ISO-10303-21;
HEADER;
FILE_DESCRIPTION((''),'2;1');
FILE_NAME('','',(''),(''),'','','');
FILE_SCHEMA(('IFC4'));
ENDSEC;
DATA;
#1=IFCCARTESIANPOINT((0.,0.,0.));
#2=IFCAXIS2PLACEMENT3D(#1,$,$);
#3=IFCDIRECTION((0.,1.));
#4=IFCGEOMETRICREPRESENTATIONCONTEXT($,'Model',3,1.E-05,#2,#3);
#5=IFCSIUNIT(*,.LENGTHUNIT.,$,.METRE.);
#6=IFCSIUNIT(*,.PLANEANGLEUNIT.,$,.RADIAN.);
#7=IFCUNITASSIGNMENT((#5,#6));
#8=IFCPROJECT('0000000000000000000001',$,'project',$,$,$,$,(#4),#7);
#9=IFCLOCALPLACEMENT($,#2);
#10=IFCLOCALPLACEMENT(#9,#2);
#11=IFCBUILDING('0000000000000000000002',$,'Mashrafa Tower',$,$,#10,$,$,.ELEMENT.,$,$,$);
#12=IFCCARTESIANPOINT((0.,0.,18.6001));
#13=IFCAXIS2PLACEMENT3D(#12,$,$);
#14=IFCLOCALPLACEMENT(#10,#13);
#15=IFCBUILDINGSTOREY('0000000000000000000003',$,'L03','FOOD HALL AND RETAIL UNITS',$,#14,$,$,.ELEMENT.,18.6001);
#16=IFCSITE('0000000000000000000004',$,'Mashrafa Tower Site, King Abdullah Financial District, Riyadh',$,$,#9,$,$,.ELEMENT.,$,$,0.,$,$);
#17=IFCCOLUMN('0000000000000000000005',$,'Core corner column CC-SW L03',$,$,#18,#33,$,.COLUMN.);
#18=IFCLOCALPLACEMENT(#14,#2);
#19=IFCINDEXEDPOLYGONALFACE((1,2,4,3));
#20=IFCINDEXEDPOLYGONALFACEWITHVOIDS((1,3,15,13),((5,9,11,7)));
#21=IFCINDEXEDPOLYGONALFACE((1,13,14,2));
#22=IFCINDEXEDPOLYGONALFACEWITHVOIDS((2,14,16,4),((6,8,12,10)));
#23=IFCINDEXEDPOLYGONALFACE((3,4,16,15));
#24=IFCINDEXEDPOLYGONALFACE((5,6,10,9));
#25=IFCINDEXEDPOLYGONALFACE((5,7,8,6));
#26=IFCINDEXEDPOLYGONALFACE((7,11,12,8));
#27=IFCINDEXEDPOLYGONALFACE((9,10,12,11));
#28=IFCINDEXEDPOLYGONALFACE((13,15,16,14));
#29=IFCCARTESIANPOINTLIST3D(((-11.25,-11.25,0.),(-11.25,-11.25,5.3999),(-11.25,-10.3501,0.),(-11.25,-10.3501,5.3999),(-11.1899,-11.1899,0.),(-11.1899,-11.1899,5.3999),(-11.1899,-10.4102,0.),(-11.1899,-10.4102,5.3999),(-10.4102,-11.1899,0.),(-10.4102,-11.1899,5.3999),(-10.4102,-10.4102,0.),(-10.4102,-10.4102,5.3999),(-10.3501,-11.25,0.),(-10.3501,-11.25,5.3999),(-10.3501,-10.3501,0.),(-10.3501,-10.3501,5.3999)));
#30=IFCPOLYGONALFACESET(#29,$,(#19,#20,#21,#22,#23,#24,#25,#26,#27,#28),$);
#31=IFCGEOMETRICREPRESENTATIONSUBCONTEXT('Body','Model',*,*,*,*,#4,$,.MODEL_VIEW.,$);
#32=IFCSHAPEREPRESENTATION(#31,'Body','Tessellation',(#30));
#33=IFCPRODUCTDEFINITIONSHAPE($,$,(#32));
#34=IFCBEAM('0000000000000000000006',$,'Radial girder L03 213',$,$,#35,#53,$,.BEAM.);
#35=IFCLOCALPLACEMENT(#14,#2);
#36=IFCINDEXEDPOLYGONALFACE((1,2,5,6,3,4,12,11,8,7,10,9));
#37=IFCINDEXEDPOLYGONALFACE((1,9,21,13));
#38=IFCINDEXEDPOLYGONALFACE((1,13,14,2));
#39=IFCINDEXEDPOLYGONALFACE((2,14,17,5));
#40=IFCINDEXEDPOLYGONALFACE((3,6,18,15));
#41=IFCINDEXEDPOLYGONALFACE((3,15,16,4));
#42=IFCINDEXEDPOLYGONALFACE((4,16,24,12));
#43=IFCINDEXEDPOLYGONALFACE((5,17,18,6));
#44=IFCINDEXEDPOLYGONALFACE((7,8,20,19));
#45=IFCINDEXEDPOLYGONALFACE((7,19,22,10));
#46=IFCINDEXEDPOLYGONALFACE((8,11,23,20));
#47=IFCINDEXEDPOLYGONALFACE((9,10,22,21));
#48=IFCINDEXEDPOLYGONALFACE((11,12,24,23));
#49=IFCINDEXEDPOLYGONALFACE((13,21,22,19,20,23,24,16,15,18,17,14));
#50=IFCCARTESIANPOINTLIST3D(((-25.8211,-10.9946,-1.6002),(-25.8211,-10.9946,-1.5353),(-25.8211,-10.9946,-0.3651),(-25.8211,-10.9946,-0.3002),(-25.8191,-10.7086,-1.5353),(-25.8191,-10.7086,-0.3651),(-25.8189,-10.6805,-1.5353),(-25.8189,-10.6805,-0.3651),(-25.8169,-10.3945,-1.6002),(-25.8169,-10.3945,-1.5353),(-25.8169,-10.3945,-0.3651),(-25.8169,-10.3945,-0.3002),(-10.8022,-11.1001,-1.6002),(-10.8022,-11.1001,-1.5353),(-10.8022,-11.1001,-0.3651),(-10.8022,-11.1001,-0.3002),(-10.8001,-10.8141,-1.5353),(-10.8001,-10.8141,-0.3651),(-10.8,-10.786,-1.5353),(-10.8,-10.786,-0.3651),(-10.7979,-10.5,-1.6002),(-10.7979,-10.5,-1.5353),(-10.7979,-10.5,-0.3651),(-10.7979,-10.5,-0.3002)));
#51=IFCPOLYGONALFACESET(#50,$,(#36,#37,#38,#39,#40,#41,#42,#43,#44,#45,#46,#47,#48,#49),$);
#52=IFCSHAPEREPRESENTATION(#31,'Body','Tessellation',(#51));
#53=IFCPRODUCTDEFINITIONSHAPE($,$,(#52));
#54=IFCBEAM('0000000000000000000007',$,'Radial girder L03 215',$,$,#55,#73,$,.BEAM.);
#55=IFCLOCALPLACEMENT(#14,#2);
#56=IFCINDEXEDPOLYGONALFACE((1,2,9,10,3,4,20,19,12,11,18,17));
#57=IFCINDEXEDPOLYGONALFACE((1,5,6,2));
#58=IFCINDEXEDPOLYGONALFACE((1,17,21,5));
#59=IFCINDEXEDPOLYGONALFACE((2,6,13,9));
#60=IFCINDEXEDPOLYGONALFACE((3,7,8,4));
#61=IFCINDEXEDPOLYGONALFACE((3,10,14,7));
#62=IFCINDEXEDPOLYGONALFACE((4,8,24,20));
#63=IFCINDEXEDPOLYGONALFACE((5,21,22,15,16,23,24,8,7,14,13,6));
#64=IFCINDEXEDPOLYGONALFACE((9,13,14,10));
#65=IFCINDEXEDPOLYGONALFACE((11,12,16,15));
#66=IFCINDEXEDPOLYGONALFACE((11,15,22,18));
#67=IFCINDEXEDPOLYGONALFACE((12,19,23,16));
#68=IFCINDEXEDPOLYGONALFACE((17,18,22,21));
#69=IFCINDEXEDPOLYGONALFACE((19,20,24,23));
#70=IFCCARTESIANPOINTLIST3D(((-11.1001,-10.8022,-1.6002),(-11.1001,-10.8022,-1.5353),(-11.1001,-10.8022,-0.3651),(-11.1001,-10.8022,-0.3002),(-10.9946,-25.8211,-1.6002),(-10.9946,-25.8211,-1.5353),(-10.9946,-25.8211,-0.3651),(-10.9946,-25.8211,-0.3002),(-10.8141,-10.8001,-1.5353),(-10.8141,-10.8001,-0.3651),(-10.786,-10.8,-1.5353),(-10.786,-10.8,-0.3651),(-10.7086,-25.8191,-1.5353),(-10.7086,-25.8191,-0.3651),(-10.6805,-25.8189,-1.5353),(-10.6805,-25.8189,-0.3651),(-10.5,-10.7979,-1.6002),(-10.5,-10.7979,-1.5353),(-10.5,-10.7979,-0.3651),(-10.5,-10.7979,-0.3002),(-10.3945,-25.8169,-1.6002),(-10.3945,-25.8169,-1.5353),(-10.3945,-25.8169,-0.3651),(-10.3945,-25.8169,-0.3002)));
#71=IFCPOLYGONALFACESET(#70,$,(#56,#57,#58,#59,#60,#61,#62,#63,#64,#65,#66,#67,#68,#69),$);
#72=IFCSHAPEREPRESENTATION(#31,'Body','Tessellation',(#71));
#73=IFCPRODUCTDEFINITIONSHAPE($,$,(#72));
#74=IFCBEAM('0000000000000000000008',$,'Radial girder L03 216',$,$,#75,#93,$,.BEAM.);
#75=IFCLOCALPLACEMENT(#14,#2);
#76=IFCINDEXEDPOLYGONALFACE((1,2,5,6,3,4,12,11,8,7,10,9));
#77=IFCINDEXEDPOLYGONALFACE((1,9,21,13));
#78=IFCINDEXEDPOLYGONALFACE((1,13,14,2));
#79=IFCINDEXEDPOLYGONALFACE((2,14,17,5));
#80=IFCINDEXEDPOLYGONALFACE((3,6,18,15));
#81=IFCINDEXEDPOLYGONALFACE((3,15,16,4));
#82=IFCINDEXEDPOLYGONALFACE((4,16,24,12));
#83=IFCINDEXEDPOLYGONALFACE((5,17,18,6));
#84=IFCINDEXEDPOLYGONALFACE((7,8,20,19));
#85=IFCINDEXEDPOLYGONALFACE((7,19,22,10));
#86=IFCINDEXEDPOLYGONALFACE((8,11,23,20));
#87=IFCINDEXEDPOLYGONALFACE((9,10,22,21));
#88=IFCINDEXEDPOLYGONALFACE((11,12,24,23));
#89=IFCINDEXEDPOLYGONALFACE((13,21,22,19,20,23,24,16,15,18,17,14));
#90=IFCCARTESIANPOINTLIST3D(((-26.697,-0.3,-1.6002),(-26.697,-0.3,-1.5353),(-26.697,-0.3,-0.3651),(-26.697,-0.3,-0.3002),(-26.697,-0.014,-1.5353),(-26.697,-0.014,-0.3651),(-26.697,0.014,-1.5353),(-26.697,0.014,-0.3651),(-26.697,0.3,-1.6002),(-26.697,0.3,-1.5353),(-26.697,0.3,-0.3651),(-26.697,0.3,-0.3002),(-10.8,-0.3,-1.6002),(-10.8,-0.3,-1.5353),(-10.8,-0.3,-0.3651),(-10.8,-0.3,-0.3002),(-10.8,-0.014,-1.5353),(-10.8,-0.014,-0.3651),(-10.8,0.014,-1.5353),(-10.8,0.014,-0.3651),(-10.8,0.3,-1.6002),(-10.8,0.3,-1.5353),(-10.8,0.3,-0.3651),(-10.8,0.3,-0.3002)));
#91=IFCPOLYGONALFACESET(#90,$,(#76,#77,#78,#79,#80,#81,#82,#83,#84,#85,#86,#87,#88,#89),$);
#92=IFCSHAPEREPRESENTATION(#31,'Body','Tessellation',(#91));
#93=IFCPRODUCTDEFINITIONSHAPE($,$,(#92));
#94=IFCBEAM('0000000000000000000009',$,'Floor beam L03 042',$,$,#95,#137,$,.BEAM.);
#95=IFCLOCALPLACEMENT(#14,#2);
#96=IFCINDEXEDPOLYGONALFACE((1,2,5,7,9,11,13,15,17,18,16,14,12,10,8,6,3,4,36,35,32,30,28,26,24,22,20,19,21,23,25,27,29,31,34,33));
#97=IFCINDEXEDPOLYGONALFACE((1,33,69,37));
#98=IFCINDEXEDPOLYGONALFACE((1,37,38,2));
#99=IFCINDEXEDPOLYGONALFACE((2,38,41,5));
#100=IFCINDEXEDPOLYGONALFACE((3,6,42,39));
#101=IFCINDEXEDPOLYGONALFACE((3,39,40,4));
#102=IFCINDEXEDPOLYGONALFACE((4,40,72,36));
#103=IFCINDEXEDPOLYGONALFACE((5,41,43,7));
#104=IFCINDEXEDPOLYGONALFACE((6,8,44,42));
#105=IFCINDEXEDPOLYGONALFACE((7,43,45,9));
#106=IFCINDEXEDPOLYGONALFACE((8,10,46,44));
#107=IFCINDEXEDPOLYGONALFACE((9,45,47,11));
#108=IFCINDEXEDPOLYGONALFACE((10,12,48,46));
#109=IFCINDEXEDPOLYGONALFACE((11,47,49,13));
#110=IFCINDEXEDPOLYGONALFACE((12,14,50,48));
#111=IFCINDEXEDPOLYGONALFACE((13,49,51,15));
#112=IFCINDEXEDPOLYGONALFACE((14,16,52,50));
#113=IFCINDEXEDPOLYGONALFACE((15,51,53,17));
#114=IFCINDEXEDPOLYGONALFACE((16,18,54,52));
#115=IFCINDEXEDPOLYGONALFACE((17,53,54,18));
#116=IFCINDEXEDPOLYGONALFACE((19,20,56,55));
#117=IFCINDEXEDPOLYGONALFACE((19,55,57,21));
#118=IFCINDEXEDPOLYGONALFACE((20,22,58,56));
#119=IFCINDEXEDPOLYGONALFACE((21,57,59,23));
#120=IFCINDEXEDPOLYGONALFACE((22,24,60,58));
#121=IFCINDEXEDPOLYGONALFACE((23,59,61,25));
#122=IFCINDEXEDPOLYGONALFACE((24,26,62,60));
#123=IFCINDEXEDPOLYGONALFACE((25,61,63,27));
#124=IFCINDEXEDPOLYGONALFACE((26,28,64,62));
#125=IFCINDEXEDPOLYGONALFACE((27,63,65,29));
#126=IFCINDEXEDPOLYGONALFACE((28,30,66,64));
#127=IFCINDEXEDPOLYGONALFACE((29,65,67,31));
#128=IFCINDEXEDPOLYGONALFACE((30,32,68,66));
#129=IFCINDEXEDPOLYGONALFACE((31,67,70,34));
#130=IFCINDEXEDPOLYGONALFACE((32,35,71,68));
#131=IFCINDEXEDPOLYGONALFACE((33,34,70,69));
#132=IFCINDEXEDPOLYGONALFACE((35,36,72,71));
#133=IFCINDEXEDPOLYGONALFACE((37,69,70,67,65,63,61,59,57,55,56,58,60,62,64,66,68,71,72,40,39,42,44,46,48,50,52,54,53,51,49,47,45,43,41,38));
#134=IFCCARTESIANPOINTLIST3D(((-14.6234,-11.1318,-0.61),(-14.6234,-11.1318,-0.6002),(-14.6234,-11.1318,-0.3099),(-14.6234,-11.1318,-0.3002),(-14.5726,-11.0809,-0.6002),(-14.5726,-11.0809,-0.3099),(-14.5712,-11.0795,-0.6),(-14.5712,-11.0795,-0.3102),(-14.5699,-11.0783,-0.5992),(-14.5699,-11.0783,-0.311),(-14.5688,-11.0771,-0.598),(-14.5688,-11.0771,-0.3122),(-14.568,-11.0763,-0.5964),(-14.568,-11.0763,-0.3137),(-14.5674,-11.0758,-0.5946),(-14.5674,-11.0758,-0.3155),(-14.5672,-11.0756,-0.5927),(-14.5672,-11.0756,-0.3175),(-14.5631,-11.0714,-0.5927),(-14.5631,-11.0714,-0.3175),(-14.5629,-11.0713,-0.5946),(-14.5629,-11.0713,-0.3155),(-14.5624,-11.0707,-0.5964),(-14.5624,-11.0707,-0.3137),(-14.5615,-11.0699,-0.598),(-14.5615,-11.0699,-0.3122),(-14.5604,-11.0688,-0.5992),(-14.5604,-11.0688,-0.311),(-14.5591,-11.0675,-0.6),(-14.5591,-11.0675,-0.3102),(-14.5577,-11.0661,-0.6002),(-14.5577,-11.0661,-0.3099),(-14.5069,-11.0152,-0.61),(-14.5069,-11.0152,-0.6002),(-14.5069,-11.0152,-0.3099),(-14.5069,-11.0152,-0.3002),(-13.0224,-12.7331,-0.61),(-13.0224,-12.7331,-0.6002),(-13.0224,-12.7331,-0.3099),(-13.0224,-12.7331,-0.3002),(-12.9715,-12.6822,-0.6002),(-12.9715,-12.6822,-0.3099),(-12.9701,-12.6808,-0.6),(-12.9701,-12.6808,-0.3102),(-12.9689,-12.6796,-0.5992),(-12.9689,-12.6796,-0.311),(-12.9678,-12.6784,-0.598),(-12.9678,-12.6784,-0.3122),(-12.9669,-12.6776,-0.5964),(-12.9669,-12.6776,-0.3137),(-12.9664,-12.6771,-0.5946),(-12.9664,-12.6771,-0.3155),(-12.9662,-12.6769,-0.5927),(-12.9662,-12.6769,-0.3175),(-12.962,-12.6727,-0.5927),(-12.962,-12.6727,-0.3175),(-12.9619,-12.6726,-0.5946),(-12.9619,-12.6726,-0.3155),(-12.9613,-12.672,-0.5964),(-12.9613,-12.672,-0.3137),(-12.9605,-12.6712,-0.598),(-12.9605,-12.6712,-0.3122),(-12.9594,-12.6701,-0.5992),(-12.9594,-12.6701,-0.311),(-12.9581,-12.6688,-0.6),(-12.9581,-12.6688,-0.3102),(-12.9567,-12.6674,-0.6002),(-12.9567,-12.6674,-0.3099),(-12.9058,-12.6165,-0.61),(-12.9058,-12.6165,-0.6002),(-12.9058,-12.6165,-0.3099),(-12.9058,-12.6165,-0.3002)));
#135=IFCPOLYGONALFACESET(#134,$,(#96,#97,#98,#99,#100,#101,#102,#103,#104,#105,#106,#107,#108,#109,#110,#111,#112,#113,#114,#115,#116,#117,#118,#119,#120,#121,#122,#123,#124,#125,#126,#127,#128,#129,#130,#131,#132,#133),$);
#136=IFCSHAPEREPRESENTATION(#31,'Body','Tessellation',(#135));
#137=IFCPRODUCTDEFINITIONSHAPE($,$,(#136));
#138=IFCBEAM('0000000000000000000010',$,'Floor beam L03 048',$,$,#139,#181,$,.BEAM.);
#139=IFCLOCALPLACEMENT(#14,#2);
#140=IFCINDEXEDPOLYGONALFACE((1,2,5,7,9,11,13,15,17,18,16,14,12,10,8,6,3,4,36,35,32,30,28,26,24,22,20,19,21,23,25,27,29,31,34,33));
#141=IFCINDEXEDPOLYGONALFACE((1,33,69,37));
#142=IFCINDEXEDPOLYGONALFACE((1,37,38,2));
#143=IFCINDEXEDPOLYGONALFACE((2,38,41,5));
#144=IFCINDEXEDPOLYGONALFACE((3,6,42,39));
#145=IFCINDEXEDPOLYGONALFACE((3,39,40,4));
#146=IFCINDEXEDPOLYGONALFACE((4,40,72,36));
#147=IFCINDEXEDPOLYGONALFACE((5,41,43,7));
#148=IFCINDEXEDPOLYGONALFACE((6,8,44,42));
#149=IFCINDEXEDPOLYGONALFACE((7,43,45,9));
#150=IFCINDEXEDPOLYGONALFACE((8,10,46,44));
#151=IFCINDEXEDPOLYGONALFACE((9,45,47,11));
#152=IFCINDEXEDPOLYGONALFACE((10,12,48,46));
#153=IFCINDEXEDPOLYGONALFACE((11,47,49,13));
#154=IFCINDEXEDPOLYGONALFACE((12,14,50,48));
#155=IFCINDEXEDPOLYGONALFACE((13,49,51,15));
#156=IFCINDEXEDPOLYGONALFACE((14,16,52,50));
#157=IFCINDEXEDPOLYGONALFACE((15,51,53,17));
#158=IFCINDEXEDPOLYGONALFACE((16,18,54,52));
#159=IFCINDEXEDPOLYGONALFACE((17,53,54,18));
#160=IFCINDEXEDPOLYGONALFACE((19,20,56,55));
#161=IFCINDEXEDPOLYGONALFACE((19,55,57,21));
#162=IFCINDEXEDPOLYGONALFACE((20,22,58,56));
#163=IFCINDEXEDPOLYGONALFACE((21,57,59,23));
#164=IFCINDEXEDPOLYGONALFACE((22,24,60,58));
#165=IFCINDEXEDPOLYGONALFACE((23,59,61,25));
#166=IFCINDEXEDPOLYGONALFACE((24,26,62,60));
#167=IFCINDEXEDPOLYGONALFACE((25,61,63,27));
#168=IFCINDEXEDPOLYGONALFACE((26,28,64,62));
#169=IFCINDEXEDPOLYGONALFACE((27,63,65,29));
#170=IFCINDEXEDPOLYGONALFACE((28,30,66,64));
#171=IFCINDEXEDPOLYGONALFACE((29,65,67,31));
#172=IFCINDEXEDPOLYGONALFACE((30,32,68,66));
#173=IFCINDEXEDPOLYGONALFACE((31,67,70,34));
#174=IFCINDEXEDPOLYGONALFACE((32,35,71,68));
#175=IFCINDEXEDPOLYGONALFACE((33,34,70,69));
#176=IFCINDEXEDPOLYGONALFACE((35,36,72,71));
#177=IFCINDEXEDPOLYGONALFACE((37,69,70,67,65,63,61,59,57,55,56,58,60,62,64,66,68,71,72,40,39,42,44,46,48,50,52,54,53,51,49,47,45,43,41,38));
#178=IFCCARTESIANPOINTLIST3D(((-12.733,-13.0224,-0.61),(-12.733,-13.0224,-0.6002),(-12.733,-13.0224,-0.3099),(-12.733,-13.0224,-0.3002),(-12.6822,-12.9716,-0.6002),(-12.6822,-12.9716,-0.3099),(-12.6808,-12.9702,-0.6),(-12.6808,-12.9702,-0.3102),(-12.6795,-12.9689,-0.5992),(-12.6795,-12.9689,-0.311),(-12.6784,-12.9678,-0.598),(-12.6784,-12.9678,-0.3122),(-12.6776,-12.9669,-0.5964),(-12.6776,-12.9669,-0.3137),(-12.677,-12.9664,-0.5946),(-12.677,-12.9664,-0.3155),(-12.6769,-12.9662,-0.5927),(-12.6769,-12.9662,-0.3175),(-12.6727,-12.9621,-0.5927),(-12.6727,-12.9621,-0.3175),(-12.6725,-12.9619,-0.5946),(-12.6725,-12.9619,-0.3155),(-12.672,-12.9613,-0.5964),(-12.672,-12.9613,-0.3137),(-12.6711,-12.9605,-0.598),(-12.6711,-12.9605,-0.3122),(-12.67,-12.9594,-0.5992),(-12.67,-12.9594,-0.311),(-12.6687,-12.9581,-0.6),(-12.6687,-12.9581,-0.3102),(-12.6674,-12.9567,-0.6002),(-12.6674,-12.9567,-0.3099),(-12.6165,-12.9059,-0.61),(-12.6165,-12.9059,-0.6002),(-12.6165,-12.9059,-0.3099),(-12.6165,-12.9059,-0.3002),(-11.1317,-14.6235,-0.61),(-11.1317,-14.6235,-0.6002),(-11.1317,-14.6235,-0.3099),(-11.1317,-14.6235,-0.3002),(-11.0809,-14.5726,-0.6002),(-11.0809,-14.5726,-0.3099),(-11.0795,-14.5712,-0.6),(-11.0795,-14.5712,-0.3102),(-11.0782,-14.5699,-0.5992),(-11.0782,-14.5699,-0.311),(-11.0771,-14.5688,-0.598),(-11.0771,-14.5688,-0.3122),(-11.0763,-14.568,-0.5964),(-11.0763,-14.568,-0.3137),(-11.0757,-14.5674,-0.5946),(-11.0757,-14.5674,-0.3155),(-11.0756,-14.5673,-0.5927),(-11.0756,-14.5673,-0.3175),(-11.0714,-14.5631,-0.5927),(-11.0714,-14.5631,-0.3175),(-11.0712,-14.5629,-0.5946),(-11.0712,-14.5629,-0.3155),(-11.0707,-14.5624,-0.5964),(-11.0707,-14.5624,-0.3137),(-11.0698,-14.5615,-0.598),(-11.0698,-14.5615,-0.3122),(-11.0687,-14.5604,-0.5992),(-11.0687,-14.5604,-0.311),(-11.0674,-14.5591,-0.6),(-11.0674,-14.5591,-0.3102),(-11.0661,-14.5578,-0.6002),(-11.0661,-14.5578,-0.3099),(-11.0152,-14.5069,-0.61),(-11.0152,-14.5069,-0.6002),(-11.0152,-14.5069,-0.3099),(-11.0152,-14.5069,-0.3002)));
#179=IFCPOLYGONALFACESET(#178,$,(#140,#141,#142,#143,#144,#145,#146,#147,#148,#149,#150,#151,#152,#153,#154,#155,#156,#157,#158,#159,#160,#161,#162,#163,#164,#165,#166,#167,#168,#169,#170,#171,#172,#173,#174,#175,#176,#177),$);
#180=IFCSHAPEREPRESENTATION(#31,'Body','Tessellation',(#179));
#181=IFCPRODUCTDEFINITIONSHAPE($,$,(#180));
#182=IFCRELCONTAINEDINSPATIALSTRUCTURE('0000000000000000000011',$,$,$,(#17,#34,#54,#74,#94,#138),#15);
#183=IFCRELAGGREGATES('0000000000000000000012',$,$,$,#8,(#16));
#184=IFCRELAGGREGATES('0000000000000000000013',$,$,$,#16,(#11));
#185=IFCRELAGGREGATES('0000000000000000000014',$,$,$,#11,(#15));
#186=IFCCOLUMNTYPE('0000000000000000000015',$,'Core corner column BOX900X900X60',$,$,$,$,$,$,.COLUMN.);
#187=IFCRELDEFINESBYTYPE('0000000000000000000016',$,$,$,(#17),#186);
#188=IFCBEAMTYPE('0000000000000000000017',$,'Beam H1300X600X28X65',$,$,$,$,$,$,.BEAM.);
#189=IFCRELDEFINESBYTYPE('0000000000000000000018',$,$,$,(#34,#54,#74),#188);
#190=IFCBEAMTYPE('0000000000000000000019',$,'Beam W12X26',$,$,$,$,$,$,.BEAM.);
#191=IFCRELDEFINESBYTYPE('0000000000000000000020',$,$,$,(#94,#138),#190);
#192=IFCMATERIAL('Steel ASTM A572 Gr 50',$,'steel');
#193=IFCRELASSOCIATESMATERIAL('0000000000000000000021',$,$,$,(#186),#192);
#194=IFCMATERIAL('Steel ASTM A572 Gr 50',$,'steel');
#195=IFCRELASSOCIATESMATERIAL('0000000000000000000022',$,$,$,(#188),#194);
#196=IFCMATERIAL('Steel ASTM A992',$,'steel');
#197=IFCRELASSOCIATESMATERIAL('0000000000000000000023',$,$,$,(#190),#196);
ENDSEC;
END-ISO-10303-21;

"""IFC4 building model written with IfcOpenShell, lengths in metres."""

from ifc_helpers import new_model, si_unit, direction, frame, origin, origin_2d, place, context, subcontext, project, spatial, hollow_rectangle, i_section, extrude, material, material_profile, profile_set, type_object, element, save


model = new_model("IFC4")

# Units and contexts
model_context = context("Model", 3, precision=1e-05, world=origin(), true_north=direction((0.0, 1.0)))
body_context = subcontext(model_context, "Body", "Model", "MODEL_VIEW")
ifc_project = project(units=[si_unit("LENGTHUNIT", "METRE"), si_unit("PLANEANGLEUNIT", "RADIAN")], contexts=[model_context])

# Site, building, storey
site_placement = place(None, origin())
site = spatial("IfcSite", under=ifc_project, at=site_placement, Name="Mashrafa Tower Site, King Abdullah Financial District, Riyadh", CompositionType="ELEMENT", RefElevation=0.0)
building_placement = place(site_placement, origin())
building = spatial("IfcBuilding", under=site, at=building_placement, Name="Mashrafa Tower", CompositionType="ELEMENT")
storey_placement = place(building_placement, frame((0.0, 0.0, 18.6001)))
storey = spatial("IfcBuildingStorey", under=building, at=storey_placement, Name="L03", Description="FOOD HALL AND RETAIL UNITS", CompositionType="ELEMENT", Elevation=18.6001)

# Column
ifc_material_1 = material(Name="Steel ASTM A572 Gr 50", Category="steel")
ifc_material_profile_1 = material_profile(ifc_material_1, hollow_rectangle(XDim=0.8999, YDim=0.8999, WallThickness=0.0601, at=origin_2d()), Name="BOX900X900X60")
ifc_profile_set_1 = profile_set([ifc_material_profile_1], Name="Steel ASTM A572 Gr 50")
column_type = type_object("IfcColumnType", Name="Core corner column BOX900X900X60", PredefinedType="COLUMN", material=ifc_profile_set_1)
column_placement = place(storey_placement, frame((-10.8, -10.8, 0.0), z_axis=(0.0, 0.0, 1.0), x_axis=(1.0, 0.0, 0.0)))
element("IfcColumn", 1, at=column_placement, inside=storey, type_object=column_type, Name="Core corner column CC-SW L03", PredefinedType="COLUMN", context=body_context, shape_type="SweptSolid", body=[
    extrude(hollow_rectangle(XDim=0.8999, YDim=0.8999, WallThickness=0.0601, at=origin_2d()), origin(), (0.0, 0.0, 1.0), 5.3999),
])

# Beams
ifc_material_2 = material(Name="Steel ASTM A572 Gr 50", Category="steel")
ifc_material_profile_2 = material_profile(ifc_material_2, i_section(OverallWidth=0.6001, OverallDepth=1.3, WebThickness=0.0281, FlangeThickness=0.0649, at=origin_2d()), Name="H1300X600X28X65")
ifc_profile_set_2 = profile_set([ifc_material_profile_2], Name="Steel ASTM A572 Gr 50")
beam_type_1 = type_object("IfcBeamType", Name="Beam H1300X600X28X65", PredefinedType="BEAM", material=ifc_profile_set_2)
for number, where, z_axis, x_axis, name in (
    (2, (-10.8, -10.8, -0.9502), (-0.999975, 0.007022, 0.0), (-0.007022, -0.999975, 0.0), "Radial girder L03 213"),
    (3, (-10.8, -10.8, -0.9502), (0.007022, -0.999975, 0.0), (0.999975, 0.007022, 0.0), "Radial girder L03 215"),
):
    element("IfcBeam", number, at=place(storey_placement, frame(where, z_axis=z_axis, x_axis=x_axis)), inside=storey, type_object=beam_type_1, Name=name, PredefinedType="BEAM", context=body_context, shape_type="SweptSolid", body=[
        extrude(i_section(OverallWidth=0.6001, OverallDepth=1.3, WebThickness=0.0281, FlangeThickness=0.0649, at=origin_2d()), origin(), (0.0, 0.0, 1.0), 15.0193),
    ])
beam_1_placement = place(storey_placement, frame((-10.8, 0.0, -0.9502), z_axis=(-1.0, 0.0, 0.0), x_axis=(0.0, -1.0, 0.0)))
element("IfcBeam", 4, at=beam_1_placement, inside=storey, type_object=beam_type_1, Name="Radial girder L03 216", PredefinedType="BEAM", context=body_context, shape_type="SweptSolid", body=[
    extrude(i_section(OverallWidth=0.6001, OverallDepth=1.3, WebThickness=0.0281, FlangeThickness=0.0649, at=origin_2d()), origin(), (0.0, 0.0, 1.0), 15.897),
])
ifc_material_3 = material(Name="Steel ASTM A992", Category="steel")
ifc_material_profile_3 = material_profile(ifc_material_3, i_section(OverallWidth=0.1648, OverallDepth=0.3098, WebThickness=0.0059, FlangeThickness=0.0098, FilletRadius=0.0076, at=origin_2d()), Name="W12X26")
ifc_profile_set_3 = profile_set([ifc_material_profile_3], Name="Steel ASTM A992")
beam_type_2 = type_object("IfcBeamType", Name="Beam W12X26", PredefinedType="BEAM", material=ifc_profile_set_3)
for number, where, z_axis, x_axis, name in (
    (5, (-12.9641, -12.6748, -0.4551), (-0.707053, 0.707161, 0.0), (-0.707161, -0.707053, 0.0), "Floor beam L03 042"),
    (6, (-11.0735, -14.5652, -0.4551), (-0.707161, 0.707053, 0.0), (-0.707053, -0.707161, 0.0), "Floor beam L03 048"),
):
    element("IfcBeam", number, at=place(storey_placement, frame(where, z_axis=z_axis, x_axis=x_axis)), inside=storey, type_object=beam_type_2, Name=name, PredefinedType="BEAM", context=body_context, shape_type="SweptSolid", body=[
        extrude(i_section(OverallWidth=0.1648, OverallDepth=0.3098, WebThickness=0.0059, FlangeThickness=0.0098, FilletRadius=0.0076, at=origin_2d()), origin(), (0.0, 0.0, 1.0), 2.2644),
    ])

save(model, "model.ifc")
